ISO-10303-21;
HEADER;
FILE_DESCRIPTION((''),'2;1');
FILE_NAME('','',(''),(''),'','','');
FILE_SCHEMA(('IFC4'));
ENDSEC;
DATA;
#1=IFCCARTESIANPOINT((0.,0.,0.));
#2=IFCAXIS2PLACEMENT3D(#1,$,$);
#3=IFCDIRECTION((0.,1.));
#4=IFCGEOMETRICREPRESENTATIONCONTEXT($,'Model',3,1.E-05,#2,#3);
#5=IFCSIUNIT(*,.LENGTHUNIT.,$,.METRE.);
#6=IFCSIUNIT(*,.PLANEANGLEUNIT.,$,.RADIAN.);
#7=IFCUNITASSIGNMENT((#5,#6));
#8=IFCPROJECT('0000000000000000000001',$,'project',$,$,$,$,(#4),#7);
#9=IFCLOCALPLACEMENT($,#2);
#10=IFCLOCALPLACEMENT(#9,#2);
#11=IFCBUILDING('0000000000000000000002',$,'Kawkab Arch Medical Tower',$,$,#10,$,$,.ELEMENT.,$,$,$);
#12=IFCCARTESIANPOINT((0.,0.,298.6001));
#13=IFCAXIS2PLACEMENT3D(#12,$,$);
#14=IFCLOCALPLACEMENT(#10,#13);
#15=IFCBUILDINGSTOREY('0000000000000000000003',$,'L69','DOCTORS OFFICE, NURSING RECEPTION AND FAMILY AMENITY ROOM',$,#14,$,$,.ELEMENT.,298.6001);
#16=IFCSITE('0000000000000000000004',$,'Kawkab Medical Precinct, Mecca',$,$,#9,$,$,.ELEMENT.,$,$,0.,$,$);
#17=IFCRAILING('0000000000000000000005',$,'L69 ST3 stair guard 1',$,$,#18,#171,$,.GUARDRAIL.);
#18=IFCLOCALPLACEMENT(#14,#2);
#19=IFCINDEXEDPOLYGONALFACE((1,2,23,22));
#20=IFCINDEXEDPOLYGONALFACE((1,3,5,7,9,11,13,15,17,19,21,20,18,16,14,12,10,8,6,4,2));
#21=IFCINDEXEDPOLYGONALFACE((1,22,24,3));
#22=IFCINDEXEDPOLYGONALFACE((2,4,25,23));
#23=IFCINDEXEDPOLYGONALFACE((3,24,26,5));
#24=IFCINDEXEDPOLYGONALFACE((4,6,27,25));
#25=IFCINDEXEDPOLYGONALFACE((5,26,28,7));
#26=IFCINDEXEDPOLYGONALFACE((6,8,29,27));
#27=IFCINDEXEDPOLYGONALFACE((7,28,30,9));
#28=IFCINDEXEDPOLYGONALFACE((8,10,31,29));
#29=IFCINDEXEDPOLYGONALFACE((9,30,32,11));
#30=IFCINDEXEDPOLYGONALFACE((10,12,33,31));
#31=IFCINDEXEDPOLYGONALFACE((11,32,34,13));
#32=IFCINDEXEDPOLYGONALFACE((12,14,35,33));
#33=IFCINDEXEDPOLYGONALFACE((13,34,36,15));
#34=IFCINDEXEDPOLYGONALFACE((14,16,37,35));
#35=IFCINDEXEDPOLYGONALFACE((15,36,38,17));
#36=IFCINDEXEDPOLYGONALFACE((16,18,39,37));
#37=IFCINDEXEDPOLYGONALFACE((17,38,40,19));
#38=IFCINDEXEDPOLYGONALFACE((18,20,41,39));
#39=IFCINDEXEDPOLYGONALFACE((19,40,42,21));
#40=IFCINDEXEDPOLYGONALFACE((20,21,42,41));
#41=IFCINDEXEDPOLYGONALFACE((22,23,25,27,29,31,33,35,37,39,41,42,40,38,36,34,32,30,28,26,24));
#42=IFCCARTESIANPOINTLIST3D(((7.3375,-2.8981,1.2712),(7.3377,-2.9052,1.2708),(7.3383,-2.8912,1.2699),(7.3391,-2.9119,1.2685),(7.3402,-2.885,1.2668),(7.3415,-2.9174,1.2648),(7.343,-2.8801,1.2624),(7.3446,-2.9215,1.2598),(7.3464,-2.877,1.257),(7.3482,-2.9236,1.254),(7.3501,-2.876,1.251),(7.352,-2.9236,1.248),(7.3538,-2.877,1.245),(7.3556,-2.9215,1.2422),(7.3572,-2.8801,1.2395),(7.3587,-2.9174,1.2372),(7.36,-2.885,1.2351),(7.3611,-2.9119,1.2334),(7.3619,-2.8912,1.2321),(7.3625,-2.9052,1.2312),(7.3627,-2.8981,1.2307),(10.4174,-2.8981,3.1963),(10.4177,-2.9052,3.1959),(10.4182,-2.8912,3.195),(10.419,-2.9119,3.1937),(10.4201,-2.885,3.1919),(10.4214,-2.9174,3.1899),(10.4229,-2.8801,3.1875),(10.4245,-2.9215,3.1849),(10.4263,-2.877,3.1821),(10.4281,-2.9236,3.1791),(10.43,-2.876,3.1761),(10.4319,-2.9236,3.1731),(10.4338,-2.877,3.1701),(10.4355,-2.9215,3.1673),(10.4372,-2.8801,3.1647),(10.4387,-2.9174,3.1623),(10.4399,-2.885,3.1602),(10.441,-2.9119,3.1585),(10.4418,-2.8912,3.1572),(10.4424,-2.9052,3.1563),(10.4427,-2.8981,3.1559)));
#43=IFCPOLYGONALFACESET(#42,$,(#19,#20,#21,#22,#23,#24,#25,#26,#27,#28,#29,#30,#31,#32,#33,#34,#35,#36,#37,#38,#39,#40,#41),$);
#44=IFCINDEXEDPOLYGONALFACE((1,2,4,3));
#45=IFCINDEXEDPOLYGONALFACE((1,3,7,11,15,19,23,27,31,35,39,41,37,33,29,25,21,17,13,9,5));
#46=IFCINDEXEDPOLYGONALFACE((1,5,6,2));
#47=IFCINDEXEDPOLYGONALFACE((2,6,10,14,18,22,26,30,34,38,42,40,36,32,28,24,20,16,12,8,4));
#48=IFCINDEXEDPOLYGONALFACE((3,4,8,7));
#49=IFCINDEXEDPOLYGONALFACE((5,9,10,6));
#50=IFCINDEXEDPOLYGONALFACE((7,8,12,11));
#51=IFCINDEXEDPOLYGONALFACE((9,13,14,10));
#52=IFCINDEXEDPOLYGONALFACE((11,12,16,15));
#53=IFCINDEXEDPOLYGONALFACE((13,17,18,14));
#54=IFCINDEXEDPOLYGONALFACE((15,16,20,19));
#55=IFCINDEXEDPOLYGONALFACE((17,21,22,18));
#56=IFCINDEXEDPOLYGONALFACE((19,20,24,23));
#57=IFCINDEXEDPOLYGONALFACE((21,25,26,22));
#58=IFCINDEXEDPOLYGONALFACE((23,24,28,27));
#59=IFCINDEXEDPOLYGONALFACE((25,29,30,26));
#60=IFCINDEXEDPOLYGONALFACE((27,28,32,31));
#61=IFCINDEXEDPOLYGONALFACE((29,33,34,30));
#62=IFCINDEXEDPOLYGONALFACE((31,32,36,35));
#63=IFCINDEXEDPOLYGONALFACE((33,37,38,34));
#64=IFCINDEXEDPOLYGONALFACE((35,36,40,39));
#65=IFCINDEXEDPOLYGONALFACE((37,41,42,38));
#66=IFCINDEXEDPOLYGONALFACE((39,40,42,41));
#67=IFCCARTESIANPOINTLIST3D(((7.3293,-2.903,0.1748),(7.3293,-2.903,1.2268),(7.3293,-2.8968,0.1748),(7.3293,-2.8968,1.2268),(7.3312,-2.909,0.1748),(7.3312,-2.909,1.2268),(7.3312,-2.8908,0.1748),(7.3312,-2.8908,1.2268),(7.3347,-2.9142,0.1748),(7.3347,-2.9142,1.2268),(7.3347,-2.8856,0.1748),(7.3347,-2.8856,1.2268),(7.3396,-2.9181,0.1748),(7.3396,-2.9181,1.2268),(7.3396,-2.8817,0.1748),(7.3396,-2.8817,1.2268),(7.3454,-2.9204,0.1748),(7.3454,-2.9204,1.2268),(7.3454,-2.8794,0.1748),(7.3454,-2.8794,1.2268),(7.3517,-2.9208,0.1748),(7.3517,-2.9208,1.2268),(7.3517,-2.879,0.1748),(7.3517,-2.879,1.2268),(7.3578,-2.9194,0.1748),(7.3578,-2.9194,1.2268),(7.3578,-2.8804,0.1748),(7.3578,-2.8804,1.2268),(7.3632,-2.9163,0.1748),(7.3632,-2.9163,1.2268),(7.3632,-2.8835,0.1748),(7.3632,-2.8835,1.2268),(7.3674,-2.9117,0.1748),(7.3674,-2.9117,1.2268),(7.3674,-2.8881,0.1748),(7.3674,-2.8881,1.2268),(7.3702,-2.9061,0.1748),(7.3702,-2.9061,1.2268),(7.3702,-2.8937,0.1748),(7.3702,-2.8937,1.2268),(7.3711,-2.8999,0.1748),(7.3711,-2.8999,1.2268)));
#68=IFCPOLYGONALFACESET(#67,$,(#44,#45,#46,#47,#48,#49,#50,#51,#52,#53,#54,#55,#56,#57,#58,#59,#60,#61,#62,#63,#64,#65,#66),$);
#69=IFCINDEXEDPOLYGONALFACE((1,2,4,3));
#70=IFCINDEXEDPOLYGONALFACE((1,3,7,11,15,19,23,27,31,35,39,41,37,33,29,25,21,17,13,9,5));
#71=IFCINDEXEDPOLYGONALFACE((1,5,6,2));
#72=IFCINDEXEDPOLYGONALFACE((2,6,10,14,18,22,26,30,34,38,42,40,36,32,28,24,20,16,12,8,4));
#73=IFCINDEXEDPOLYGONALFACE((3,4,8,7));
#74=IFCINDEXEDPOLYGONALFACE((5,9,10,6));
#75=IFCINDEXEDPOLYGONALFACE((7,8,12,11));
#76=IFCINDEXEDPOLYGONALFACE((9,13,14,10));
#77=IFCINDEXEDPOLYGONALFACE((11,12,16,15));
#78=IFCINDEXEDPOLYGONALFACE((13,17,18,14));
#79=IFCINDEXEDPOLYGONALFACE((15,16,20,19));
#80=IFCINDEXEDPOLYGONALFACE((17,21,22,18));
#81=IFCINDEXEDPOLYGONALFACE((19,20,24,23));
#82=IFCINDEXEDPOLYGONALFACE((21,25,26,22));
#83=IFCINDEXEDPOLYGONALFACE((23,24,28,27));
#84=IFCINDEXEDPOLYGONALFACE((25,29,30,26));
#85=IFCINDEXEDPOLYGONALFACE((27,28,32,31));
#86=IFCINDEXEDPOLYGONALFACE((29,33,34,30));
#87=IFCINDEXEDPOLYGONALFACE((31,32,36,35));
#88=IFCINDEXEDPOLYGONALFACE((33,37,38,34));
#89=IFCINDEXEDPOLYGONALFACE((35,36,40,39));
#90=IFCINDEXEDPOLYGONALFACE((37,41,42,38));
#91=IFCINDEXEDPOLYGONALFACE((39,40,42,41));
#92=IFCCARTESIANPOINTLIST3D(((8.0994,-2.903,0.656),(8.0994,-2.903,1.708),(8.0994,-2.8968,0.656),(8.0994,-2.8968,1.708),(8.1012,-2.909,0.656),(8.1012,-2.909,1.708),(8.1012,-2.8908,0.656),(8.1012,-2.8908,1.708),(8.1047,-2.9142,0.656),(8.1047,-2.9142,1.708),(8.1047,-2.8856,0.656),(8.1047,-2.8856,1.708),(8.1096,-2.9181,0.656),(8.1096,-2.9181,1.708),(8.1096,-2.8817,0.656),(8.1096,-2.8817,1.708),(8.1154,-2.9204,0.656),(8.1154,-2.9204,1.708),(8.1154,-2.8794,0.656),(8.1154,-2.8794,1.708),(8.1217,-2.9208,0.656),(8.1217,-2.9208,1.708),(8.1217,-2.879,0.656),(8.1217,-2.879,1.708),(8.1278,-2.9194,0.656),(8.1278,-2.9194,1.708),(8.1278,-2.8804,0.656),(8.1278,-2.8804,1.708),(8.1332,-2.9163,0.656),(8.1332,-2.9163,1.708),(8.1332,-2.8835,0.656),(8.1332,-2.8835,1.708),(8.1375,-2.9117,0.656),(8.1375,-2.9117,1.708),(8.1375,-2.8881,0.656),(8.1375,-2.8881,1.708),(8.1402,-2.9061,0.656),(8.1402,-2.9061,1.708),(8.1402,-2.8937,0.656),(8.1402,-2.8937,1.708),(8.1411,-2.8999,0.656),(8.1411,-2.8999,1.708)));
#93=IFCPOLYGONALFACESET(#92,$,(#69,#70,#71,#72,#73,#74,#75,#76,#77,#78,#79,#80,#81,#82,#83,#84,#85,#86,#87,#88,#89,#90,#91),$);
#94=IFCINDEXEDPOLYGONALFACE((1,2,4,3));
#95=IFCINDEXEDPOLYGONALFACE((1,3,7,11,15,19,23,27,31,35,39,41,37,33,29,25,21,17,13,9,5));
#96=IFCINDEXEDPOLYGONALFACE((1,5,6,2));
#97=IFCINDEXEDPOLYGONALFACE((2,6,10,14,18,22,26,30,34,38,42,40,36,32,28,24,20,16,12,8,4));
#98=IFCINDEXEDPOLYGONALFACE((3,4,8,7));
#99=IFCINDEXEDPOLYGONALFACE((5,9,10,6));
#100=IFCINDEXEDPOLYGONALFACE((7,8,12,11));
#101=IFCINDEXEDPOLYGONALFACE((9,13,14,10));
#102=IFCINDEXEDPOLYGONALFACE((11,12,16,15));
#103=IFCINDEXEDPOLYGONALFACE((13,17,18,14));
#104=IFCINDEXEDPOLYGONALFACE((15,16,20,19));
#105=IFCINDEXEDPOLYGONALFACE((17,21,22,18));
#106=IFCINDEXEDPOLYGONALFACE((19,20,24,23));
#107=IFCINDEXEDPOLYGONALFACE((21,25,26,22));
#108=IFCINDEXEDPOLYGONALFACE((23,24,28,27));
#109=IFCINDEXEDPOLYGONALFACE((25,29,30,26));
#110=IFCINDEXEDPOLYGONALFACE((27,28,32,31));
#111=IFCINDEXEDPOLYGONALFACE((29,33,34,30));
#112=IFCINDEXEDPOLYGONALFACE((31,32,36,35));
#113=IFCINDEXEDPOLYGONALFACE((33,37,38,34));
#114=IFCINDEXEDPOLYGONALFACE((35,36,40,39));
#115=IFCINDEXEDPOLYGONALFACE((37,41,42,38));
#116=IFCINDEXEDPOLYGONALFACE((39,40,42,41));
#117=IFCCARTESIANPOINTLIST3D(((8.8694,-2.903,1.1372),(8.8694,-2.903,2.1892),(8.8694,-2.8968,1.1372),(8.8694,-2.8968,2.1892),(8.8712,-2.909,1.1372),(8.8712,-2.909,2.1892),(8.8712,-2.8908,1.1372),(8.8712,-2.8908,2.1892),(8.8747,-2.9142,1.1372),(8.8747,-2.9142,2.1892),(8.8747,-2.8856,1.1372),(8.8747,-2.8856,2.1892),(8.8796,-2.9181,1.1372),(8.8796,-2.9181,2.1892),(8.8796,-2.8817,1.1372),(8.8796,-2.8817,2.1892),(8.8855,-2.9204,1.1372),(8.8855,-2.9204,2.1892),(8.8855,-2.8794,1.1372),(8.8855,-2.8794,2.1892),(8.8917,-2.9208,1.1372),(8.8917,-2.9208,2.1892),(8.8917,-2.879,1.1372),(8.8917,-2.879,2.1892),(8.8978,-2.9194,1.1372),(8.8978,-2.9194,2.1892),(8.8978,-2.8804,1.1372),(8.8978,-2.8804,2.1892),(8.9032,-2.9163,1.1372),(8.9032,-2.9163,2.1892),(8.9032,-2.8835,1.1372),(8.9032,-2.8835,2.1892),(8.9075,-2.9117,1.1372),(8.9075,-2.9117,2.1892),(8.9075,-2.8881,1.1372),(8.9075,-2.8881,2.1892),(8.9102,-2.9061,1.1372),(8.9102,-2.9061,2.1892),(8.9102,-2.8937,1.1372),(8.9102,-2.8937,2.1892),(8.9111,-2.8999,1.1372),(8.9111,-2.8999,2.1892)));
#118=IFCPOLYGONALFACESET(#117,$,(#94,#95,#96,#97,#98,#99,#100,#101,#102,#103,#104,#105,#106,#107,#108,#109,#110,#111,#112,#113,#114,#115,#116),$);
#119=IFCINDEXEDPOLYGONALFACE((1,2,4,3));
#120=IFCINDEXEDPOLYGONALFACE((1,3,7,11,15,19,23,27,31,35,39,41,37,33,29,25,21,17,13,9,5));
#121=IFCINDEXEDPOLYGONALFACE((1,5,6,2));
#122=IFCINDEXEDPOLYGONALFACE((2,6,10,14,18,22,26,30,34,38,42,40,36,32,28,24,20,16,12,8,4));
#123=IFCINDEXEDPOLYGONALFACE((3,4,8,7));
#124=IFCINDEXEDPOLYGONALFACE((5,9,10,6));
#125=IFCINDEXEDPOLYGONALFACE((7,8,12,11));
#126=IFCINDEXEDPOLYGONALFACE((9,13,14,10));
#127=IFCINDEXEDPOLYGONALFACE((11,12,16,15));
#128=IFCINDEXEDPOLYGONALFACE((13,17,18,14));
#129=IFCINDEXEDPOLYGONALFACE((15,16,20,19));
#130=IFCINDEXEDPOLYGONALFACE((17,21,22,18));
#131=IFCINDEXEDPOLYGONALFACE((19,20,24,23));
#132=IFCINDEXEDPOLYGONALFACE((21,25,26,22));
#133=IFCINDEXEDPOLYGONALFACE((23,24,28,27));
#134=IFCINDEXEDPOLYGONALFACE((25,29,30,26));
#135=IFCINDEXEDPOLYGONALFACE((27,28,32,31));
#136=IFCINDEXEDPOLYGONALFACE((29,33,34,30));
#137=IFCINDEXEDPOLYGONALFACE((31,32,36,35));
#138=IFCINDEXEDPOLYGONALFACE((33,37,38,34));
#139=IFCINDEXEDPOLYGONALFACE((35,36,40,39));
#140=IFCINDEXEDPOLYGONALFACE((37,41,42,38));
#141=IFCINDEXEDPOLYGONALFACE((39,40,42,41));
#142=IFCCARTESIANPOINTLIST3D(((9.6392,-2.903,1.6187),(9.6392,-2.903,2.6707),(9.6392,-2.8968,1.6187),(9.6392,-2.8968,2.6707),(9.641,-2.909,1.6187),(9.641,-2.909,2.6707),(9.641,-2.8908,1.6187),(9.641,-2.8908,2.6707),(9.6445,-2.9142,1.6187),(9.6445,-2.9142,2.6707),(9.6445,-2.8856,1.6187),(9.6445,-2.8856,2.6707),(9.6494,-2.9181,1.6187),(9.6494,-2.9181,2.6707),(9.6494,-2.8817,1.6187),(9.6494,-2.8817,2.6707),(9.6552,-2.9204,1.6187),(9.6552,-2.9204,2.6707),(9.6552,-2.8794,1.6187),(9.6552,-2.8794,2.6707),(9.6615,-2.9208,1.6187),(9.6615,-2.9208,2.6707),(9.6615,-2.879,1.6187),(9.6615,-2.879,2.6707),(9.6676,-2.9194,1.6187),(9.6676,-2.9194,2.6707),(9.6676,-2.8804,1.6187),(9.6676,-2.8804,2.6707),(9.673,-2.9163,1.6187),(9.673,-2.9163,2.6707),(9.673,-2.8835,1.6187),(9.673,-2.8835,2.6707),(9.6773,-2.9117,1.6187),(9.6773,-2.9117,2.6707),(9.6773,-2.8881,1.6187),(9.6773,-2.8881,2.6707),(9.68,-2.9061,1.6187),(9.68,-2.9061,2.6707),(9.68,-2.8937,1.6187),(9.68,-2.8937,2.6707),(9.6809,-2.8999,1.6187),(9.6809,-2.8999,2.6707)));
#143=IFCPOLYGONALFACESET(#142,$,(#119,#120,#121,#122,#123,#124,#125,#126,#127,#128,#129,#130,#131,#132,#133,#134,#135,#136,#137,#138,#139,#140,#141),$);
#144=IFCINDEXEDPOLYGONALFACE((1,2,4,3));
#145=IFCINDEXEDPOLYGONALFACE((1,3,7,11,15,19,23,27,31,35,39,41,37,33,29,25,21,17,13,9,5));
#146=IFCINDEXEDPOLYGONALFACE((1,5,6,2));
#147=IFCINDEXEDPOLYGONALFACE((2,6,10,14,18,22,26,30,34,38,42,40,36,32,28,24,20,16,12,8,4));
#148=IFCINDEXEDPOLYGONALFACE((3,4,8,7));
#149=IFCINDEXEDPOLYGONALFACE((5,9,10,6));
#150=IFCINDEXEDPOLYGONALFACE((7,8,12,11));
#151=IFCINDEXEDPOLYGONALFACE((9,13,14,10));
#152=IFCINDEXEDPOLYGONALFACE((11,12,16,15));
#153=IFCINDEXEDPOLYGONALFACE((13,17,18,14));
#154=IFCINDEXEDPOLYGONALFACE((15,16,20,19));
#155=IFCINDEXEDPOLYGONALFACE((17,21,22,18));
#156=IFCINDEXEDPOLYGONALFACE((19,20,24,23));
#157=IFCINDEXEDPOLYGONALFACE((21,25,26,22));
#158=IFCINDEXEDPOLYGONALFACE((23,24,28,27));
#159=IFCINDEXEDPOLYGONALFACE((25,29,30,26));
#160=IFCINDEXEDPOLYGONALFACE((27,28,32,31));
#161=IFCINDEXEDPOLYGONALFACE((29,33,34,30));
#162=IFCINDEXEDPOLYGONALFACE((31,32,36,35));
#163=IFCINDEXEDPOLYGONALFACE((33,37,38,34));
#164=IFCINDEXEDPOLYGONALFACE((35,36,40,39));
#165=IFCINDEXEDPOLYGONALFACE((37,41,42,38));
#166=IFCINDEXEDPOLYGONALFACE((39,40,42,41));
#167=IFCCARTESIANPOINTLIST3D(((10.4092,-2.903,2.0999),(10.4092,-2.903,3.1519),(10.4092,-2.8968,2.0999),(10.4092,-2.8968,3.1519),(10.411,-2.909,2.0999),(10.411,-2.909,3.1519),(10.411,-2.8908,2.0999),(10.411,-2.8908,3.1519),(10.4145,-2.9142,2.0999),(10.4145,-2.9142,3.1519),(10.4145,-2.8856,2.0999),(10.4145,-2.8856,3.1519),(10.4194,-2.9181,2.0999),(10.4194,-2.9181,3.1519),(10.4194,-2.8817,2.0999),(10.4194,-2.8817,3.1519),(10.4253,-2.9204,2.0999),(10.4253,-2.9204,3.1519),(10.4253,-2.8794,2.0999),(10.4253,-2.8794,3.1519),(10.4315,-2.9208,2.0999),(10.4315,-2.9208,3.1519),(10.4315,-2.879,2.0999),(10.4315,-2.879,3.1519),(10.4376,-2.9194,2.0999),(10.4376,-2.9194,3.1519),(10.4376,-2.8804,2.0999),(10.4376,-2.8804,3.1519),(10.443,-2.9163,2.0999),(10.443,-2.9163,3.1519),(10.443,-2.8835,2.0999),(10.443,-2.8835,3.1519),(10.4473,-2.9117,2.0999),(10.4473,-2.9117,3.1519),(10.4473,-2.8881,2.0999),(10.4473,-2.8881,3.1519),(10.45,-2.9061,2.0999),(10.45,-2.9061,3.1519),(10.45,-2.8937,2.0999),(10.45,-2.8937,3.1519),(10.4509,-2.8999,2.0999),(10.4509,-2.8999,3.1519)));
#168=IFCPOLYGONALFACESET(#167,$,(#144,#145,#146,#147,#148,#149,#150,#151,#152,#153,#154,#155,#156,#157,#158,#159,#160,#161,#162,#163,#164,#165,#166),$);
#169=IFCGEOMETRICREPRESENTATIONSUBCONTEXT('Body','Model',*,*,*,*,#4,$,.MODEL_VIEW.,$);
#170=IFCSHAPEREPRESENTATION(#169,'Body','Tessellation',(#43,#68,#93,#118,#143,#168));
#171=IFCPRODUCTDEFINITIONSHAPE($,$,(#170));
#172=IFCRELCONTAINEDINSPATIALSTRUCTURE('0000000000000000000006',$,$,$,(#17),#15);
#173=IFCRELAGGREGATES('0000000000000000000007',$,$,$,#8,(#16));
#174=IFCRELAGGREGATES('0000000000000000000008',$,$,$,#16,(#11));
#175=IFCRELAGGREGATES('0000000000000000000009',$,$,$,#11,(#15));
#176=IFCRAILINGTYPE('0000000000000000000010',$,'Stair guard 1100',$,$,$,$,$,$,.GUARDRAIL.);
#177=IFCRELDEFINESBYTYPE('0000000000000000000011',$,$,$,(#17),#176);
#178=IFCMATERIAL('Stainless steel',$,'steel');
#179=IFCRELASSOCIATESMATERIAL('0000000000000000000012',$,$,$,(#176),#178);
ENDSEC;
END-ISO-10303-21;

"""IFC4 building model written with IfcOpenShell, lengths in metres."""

from ifc_helpers import new_model, si_unit, direction, frame, origin, origin_2d, place, context, subcontext, project, spatial, circle, extrude, material, type_object, element, save


model = new_model("IFC4")

# Units and contexts
model_context = context("Model", 3, precision=1e-05, world=origin(), true_north=direction((0.0, 1.0)))
body_context = subcontext(model_context, "Body", "Model", "MODEL_VIEW")
ifc_project = project(units=[si_unit("LENGTHUNIT", "METRE"), si_unit("PLANEANGLEUNIT", "RADIAN")], contexts=[model_context])

# Site, building, storey
site_placement = place(None, origin())
site = spatial("IfcSite", under=ifc_project, at=site_placement, Name="Kawkab Medical Precinct, Mecca", CompositionType="ELEMENT", RefElevation=0.0)
building_placement = place(site_placement, origin())
building = spatial("IfcBuilding", under=site, at=building_placement, Name="Kawkab Arch Medical Tower", CompositionType="ELEMENT")
storey_placement = place(building_placement, frame((0.0, 0.0, 298.6001)))
storey = spatial("IfcBuildingStorey", under=building, at=storey_placement, Name="L69", Description="DOCTORS OFFICE, NURSING RECEPTION AND FAMILY AMENITY ROOM", CompositionType="ELEMENT", Elevation=298.6001)

# Railing
ifc_material_1 = material(Name="Stainless steel", Category="steel")
railing_type_1 = type_object("IfcRailingType", Name="Stair guard 1100", PredefinedType="GUARDRAIL", material=ifc_material_1)
railing_1_placement = place(storey_placement, frame((7.3501, -2.8999, 0.1748)))
element("IfcRailing", 1, at=railing_1_placement, inside=storey, type_object=railing_type_1, Name="L69 ST3 stair guard 1", PredefinedType="GUARDRAIL", context=body_context, shape_type="SweptSolid", body=[
    extrude(circle(Radius=0.0239, at=origin_2d()), frame((0.0, 0.0, 1.0762), z_axis=(0.847979, 0.0, 0.530029), x_axis=(0.0, 1.0, 0.0)), (0.0, 0.0, 1.0), 3.6321),
    extrude(circle(Radius=0.021, at=origin_2d()), origin(), (0.0, 0.0, 1.0), 1.052),
    extrude(circle(Radius=0.021, at=origin_2d()), frame((0.77, 0.0, 0.4812)), (0.0, 0.0, 1.0), 1.052),
    extrude(circle(Radius=0.021, at=origin_2d()), frame((1.54, 0.0, 0.9624)), (0.0, 0.0, 1.0), 1.052),
    extrude(circle(Radius=0.021, at=origin_2d()), frame((2.3098, 0.0, 1.4438)), (0.0, 0.0, 1.0), 1.052),
    extrude(circle(Radius=0.021, at=origin_2d()), frame((3.0798, 0.0, 1.925)), (0.0, 0.0, 1.0), 1.052),
])

save(model, "model.ifc")
